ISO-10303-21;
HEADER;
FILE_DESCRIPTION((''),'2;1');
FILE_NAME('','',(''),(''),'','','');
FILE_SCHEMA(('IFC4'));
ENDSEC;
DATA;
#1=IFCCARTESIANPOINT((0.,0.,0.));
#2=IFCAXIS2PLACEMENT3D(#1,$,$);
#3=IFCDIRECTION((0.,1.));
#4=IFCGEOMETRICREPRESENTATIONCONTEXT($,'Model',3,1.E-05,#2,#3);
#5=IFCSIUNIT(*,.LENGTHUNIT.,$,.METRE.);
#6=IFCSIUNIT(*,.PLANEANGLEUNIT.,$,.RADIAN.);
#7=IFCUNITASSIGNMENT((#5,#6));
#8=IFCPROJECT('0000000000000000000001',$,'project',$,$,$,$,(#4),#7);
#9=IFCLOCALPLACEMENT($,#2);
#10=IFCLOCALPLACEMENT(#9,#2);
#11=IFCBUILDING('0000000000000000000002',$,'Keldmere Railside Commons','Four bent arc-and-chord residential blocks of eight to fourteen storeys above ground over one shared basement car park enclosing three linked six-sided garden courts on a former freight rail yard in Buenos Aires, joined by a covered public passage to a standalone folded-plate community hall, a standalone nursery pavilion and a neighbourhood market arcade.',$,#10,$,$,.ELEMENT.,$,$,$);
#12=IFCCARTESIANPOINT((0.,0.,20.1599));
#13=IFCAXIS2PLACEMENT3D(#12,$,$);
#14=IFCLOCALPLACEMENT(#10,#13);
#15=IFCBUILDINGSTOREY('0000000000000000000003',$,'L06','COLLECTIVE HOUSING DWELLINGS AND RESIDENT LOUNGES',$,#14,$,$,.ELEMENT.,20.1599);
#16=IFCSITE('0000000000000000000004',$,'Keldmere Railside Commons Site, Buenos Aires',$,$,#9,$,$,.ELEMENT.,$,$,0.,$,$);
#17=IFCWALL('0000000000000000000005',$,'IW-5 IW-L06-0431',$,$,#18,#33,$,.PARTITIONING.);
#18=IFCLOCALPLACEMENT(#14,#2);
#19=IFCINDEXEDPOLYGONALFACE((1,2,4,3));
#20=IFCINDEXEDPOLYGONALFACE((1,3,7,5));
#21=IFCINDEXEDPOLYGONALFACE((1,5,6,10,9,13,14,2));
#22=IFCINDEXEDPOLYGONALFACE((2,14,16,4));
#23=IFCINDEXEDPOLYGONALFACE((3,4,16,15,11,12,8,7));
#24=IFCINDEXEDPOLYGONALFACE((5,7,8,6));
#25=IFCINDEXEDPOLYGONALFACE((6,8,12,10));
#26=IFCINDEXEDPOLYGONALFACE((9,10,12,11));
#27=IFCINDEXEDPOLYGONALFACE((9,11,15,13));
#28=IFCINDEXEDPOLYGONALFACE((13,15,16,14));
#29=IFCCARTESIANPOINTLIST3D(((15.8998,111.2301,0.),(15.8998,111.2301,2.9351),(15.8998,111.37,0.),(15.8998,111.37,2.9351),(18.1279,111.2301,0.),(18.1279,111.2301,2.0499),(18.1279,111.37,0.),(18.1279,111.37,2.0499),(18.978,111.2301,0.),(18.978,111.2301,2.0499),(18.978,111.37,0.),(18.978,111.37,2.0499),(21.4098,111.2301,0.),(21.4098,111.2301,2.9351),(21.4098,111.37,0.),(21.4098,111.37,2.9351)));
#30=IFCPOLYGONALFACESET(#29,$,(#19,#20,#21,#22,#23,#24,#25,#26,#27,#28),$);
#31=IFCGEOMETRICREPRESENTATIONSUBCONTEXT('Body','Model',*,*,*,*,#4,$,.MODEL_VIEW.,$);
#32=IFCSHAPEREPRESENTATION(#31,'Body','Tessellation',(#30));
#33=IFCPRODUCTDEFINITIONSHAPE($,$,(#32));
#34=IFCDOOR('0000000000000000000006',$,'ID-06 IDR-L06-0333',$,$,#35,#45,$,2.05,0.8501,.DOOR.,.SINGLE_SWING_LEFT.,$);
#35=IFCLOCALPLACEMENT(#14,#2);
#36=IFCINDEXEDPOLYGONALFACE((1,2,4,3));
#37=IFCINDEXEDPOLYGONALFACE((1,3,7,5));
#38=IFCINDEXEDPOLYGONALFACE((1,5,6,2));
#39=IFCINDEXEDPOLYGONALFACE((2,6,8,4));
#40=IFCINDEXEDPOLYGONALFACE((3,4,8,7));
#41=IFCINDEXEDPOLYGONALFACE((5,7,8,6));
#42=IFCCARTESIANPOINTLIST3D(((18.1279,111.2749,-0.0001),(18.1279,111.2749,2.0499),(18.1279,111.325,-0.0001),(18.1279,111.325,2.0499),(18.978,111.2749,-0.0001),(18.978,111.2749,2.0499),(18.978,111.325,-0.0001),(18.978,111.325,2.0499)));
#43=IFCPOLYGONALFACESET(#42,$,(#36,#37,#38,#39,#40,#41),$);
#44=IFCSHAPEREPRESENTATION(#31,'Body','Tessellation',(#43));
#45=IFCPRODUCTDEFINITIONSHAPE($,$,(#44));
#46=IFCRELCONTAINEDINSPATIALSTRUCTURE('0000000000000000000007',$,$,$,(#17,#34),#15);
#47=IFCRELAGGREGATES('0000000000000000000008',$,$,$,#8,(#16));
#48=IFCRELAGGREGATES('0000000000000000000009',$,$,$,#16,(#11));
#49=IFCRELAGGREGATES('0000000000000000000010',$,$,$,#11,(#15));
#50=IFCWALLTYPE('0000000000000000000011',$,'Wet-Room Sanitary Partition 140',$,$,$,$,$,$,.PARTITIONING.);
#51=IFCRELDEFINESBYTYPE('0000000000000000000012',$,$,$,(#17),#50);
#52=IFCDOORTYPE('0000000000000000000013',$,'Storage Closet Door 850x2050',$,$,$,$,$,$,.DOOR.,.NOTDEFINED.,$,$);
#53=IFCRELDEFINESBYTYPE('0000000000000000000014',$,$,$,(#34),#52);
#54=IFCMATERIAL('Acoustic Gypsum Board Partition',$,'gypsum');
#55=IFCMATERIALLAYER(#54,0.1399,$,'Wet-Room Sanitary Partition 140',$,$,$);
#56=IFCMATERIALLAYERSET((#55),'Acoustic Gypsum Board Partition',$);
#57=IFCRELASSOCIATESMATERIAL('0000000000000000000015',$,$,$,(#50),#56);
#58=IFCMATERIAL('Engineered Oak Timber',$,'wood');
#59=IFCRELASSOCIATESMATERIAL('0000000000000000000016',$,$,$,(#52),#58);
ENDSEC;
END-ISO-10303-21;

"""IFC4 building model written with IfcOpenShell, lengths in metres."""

from ifc_helpers import new_model, si_unit, direction, frame, frame_2d, origin, place, context, subcontext, project, spatial, rectangle, extrude, material, layer, layer_set, type_object, element, fill, save


model = new_model("IFC4")

# Units and contexts
model_context = context("Model", 3, precision=1e-05, world=origin(), true_north=direction((0.0, 1.0)))
body_context = subcontext(model_context, "Body", "Model", "MODEL_VIEW")
ifc_project = project(units=[si_unit("LENGTHUNIT", "METRE"), si_unit("PLANEANGLEUNIT", "RADIAN")], contexts=[model_context])

# Site, building, storey
site_placement = place(None, origin())
site = spatial("IfcSite", under=ifc_project, at=site_placement, Name="Keldmere Railside Commons Site, Buenos Aires", CompositionType="ELEMENT", RefElevation=0.0)
building_placement = place(site_placement, origin())
building = spatial("IfcBuilding", under=site, at=building_placement, Name="Keldmere Railside Commons", Description="Four bent arc-and-chord residential blocks of eight to fourteen storeys above ground over one shared basement car park enclosing three linked six-sided garden courts on a former freight rail yard in Buenos Aires, joined by a covered public passage to a standalone folded-plate community hall, a standalone nursery pavilion and a neighbourhood market arcade.", CompositionType="ELEMENT")
storey_placement = place(building_placement, frame((0.0, 0.0, 20.1599)))
storey = spatial("IfcBuildingStorey", under=building, at=storey_placement, Name="L06", Description="COLLECTIVE HOUSING DWELLINGS AND RESIDENT LOUNGES", CompositionType="ELEMENT", Elevation=20.1599)

# Wall, opening, door
ifc_material_1 = material(Name="Acoustic Gypsum Board Partition", Category="gypsum")
ifc_material_2 = material(Name="Engineered Oak Timber", Category="wood")
ifc_layer_1 = layer(ifc_material_1, 0.1399, Name="Wet-Room Sanitary Partition 140")
ifc_layer_set_1 = layer_set([ifc_layer_1], Name="Acoustic Gypsum Board Partition")
wall_type_1 = type_object("IfcWallType", Name="Wet-Room Sanitary Partition 140", PredefinedType="PARTITIONING", material=ifc_layer_set_1)
wall_1_placement = place(storey_placement, frame((15.8999, 111.3, 0.0), z_axis=(0.0, 0.0, 1.0), x_axis=(1.0, 0.0, 0.0)))
wall_1 = element("IfcWall", 1, at=wall_1_placement, inside=storey, type_object=wall_type_1, Name="IW-5 IW-L06-0431", PredefinedType="PARTITIONING", context=body_context, shape_type="SweptSolid", body=[
    extrude(rectangle(XDim=5.51, YDim=0.1399, at=frame_2d((2.7549, 0.0))), origin(), (0.0, 0.0, 1.0), 2.9351),
])
opening_1_placement = place(wall_1_placement, frame((2.228, 0.0, 0.0)))
opening_1 = element("IfcOpeningElement", 2, at=opening_1_placement, cuts=wall_1, PredefinedType="OPENING", context=body_context, shape_type="SweptSolid", body=[
    extrude(rectangle(XDim=0.8501, YDim=2.05, at=frame_2d((0.425, 1.0249))), frame((0.0, 0.0798, 0.0), z_axis=(0.0, -1.0, 0.0), x_axis=(1.0, 0.0, 0.0)), (0.0, 0.0, 1.0), 0.1599),
])
door_type_1 = type_object("IfcDoorType", Name="Storage Closet Door 850x2050", OperationType="NOTDEFINED", PredefinedType="DOOR", material=ifc_material_2)
door_1_placement = place(opening_1_placement, origin())
door_1 = element("IfcDoor", 3, at=door_1_placement, inside=storey, type_object=door_type_1, Name="ID-06 IDR-L06-0333", OperationType="SINGLE_SWING_LEFT", OverallHeight=2.05, OverallWidth=0.8501, PredefinedType="DOOR", context=body_context, shape_type="SweptSolid", body=[
    extrude(rectangle(XDim=0.8501, YDim=2.05, at=frame_2d((0.425, 1.0249))), frame((0.0, 0.0249, 0.0), z_axis=(0.0, -1.0, 0.0), x_axis=(1.0, 0.0, 0.0)), (0.0, 0.0, 1.0), 0.05),
])
fill(opening_1, door_1)

save(model, "model.ifc")
